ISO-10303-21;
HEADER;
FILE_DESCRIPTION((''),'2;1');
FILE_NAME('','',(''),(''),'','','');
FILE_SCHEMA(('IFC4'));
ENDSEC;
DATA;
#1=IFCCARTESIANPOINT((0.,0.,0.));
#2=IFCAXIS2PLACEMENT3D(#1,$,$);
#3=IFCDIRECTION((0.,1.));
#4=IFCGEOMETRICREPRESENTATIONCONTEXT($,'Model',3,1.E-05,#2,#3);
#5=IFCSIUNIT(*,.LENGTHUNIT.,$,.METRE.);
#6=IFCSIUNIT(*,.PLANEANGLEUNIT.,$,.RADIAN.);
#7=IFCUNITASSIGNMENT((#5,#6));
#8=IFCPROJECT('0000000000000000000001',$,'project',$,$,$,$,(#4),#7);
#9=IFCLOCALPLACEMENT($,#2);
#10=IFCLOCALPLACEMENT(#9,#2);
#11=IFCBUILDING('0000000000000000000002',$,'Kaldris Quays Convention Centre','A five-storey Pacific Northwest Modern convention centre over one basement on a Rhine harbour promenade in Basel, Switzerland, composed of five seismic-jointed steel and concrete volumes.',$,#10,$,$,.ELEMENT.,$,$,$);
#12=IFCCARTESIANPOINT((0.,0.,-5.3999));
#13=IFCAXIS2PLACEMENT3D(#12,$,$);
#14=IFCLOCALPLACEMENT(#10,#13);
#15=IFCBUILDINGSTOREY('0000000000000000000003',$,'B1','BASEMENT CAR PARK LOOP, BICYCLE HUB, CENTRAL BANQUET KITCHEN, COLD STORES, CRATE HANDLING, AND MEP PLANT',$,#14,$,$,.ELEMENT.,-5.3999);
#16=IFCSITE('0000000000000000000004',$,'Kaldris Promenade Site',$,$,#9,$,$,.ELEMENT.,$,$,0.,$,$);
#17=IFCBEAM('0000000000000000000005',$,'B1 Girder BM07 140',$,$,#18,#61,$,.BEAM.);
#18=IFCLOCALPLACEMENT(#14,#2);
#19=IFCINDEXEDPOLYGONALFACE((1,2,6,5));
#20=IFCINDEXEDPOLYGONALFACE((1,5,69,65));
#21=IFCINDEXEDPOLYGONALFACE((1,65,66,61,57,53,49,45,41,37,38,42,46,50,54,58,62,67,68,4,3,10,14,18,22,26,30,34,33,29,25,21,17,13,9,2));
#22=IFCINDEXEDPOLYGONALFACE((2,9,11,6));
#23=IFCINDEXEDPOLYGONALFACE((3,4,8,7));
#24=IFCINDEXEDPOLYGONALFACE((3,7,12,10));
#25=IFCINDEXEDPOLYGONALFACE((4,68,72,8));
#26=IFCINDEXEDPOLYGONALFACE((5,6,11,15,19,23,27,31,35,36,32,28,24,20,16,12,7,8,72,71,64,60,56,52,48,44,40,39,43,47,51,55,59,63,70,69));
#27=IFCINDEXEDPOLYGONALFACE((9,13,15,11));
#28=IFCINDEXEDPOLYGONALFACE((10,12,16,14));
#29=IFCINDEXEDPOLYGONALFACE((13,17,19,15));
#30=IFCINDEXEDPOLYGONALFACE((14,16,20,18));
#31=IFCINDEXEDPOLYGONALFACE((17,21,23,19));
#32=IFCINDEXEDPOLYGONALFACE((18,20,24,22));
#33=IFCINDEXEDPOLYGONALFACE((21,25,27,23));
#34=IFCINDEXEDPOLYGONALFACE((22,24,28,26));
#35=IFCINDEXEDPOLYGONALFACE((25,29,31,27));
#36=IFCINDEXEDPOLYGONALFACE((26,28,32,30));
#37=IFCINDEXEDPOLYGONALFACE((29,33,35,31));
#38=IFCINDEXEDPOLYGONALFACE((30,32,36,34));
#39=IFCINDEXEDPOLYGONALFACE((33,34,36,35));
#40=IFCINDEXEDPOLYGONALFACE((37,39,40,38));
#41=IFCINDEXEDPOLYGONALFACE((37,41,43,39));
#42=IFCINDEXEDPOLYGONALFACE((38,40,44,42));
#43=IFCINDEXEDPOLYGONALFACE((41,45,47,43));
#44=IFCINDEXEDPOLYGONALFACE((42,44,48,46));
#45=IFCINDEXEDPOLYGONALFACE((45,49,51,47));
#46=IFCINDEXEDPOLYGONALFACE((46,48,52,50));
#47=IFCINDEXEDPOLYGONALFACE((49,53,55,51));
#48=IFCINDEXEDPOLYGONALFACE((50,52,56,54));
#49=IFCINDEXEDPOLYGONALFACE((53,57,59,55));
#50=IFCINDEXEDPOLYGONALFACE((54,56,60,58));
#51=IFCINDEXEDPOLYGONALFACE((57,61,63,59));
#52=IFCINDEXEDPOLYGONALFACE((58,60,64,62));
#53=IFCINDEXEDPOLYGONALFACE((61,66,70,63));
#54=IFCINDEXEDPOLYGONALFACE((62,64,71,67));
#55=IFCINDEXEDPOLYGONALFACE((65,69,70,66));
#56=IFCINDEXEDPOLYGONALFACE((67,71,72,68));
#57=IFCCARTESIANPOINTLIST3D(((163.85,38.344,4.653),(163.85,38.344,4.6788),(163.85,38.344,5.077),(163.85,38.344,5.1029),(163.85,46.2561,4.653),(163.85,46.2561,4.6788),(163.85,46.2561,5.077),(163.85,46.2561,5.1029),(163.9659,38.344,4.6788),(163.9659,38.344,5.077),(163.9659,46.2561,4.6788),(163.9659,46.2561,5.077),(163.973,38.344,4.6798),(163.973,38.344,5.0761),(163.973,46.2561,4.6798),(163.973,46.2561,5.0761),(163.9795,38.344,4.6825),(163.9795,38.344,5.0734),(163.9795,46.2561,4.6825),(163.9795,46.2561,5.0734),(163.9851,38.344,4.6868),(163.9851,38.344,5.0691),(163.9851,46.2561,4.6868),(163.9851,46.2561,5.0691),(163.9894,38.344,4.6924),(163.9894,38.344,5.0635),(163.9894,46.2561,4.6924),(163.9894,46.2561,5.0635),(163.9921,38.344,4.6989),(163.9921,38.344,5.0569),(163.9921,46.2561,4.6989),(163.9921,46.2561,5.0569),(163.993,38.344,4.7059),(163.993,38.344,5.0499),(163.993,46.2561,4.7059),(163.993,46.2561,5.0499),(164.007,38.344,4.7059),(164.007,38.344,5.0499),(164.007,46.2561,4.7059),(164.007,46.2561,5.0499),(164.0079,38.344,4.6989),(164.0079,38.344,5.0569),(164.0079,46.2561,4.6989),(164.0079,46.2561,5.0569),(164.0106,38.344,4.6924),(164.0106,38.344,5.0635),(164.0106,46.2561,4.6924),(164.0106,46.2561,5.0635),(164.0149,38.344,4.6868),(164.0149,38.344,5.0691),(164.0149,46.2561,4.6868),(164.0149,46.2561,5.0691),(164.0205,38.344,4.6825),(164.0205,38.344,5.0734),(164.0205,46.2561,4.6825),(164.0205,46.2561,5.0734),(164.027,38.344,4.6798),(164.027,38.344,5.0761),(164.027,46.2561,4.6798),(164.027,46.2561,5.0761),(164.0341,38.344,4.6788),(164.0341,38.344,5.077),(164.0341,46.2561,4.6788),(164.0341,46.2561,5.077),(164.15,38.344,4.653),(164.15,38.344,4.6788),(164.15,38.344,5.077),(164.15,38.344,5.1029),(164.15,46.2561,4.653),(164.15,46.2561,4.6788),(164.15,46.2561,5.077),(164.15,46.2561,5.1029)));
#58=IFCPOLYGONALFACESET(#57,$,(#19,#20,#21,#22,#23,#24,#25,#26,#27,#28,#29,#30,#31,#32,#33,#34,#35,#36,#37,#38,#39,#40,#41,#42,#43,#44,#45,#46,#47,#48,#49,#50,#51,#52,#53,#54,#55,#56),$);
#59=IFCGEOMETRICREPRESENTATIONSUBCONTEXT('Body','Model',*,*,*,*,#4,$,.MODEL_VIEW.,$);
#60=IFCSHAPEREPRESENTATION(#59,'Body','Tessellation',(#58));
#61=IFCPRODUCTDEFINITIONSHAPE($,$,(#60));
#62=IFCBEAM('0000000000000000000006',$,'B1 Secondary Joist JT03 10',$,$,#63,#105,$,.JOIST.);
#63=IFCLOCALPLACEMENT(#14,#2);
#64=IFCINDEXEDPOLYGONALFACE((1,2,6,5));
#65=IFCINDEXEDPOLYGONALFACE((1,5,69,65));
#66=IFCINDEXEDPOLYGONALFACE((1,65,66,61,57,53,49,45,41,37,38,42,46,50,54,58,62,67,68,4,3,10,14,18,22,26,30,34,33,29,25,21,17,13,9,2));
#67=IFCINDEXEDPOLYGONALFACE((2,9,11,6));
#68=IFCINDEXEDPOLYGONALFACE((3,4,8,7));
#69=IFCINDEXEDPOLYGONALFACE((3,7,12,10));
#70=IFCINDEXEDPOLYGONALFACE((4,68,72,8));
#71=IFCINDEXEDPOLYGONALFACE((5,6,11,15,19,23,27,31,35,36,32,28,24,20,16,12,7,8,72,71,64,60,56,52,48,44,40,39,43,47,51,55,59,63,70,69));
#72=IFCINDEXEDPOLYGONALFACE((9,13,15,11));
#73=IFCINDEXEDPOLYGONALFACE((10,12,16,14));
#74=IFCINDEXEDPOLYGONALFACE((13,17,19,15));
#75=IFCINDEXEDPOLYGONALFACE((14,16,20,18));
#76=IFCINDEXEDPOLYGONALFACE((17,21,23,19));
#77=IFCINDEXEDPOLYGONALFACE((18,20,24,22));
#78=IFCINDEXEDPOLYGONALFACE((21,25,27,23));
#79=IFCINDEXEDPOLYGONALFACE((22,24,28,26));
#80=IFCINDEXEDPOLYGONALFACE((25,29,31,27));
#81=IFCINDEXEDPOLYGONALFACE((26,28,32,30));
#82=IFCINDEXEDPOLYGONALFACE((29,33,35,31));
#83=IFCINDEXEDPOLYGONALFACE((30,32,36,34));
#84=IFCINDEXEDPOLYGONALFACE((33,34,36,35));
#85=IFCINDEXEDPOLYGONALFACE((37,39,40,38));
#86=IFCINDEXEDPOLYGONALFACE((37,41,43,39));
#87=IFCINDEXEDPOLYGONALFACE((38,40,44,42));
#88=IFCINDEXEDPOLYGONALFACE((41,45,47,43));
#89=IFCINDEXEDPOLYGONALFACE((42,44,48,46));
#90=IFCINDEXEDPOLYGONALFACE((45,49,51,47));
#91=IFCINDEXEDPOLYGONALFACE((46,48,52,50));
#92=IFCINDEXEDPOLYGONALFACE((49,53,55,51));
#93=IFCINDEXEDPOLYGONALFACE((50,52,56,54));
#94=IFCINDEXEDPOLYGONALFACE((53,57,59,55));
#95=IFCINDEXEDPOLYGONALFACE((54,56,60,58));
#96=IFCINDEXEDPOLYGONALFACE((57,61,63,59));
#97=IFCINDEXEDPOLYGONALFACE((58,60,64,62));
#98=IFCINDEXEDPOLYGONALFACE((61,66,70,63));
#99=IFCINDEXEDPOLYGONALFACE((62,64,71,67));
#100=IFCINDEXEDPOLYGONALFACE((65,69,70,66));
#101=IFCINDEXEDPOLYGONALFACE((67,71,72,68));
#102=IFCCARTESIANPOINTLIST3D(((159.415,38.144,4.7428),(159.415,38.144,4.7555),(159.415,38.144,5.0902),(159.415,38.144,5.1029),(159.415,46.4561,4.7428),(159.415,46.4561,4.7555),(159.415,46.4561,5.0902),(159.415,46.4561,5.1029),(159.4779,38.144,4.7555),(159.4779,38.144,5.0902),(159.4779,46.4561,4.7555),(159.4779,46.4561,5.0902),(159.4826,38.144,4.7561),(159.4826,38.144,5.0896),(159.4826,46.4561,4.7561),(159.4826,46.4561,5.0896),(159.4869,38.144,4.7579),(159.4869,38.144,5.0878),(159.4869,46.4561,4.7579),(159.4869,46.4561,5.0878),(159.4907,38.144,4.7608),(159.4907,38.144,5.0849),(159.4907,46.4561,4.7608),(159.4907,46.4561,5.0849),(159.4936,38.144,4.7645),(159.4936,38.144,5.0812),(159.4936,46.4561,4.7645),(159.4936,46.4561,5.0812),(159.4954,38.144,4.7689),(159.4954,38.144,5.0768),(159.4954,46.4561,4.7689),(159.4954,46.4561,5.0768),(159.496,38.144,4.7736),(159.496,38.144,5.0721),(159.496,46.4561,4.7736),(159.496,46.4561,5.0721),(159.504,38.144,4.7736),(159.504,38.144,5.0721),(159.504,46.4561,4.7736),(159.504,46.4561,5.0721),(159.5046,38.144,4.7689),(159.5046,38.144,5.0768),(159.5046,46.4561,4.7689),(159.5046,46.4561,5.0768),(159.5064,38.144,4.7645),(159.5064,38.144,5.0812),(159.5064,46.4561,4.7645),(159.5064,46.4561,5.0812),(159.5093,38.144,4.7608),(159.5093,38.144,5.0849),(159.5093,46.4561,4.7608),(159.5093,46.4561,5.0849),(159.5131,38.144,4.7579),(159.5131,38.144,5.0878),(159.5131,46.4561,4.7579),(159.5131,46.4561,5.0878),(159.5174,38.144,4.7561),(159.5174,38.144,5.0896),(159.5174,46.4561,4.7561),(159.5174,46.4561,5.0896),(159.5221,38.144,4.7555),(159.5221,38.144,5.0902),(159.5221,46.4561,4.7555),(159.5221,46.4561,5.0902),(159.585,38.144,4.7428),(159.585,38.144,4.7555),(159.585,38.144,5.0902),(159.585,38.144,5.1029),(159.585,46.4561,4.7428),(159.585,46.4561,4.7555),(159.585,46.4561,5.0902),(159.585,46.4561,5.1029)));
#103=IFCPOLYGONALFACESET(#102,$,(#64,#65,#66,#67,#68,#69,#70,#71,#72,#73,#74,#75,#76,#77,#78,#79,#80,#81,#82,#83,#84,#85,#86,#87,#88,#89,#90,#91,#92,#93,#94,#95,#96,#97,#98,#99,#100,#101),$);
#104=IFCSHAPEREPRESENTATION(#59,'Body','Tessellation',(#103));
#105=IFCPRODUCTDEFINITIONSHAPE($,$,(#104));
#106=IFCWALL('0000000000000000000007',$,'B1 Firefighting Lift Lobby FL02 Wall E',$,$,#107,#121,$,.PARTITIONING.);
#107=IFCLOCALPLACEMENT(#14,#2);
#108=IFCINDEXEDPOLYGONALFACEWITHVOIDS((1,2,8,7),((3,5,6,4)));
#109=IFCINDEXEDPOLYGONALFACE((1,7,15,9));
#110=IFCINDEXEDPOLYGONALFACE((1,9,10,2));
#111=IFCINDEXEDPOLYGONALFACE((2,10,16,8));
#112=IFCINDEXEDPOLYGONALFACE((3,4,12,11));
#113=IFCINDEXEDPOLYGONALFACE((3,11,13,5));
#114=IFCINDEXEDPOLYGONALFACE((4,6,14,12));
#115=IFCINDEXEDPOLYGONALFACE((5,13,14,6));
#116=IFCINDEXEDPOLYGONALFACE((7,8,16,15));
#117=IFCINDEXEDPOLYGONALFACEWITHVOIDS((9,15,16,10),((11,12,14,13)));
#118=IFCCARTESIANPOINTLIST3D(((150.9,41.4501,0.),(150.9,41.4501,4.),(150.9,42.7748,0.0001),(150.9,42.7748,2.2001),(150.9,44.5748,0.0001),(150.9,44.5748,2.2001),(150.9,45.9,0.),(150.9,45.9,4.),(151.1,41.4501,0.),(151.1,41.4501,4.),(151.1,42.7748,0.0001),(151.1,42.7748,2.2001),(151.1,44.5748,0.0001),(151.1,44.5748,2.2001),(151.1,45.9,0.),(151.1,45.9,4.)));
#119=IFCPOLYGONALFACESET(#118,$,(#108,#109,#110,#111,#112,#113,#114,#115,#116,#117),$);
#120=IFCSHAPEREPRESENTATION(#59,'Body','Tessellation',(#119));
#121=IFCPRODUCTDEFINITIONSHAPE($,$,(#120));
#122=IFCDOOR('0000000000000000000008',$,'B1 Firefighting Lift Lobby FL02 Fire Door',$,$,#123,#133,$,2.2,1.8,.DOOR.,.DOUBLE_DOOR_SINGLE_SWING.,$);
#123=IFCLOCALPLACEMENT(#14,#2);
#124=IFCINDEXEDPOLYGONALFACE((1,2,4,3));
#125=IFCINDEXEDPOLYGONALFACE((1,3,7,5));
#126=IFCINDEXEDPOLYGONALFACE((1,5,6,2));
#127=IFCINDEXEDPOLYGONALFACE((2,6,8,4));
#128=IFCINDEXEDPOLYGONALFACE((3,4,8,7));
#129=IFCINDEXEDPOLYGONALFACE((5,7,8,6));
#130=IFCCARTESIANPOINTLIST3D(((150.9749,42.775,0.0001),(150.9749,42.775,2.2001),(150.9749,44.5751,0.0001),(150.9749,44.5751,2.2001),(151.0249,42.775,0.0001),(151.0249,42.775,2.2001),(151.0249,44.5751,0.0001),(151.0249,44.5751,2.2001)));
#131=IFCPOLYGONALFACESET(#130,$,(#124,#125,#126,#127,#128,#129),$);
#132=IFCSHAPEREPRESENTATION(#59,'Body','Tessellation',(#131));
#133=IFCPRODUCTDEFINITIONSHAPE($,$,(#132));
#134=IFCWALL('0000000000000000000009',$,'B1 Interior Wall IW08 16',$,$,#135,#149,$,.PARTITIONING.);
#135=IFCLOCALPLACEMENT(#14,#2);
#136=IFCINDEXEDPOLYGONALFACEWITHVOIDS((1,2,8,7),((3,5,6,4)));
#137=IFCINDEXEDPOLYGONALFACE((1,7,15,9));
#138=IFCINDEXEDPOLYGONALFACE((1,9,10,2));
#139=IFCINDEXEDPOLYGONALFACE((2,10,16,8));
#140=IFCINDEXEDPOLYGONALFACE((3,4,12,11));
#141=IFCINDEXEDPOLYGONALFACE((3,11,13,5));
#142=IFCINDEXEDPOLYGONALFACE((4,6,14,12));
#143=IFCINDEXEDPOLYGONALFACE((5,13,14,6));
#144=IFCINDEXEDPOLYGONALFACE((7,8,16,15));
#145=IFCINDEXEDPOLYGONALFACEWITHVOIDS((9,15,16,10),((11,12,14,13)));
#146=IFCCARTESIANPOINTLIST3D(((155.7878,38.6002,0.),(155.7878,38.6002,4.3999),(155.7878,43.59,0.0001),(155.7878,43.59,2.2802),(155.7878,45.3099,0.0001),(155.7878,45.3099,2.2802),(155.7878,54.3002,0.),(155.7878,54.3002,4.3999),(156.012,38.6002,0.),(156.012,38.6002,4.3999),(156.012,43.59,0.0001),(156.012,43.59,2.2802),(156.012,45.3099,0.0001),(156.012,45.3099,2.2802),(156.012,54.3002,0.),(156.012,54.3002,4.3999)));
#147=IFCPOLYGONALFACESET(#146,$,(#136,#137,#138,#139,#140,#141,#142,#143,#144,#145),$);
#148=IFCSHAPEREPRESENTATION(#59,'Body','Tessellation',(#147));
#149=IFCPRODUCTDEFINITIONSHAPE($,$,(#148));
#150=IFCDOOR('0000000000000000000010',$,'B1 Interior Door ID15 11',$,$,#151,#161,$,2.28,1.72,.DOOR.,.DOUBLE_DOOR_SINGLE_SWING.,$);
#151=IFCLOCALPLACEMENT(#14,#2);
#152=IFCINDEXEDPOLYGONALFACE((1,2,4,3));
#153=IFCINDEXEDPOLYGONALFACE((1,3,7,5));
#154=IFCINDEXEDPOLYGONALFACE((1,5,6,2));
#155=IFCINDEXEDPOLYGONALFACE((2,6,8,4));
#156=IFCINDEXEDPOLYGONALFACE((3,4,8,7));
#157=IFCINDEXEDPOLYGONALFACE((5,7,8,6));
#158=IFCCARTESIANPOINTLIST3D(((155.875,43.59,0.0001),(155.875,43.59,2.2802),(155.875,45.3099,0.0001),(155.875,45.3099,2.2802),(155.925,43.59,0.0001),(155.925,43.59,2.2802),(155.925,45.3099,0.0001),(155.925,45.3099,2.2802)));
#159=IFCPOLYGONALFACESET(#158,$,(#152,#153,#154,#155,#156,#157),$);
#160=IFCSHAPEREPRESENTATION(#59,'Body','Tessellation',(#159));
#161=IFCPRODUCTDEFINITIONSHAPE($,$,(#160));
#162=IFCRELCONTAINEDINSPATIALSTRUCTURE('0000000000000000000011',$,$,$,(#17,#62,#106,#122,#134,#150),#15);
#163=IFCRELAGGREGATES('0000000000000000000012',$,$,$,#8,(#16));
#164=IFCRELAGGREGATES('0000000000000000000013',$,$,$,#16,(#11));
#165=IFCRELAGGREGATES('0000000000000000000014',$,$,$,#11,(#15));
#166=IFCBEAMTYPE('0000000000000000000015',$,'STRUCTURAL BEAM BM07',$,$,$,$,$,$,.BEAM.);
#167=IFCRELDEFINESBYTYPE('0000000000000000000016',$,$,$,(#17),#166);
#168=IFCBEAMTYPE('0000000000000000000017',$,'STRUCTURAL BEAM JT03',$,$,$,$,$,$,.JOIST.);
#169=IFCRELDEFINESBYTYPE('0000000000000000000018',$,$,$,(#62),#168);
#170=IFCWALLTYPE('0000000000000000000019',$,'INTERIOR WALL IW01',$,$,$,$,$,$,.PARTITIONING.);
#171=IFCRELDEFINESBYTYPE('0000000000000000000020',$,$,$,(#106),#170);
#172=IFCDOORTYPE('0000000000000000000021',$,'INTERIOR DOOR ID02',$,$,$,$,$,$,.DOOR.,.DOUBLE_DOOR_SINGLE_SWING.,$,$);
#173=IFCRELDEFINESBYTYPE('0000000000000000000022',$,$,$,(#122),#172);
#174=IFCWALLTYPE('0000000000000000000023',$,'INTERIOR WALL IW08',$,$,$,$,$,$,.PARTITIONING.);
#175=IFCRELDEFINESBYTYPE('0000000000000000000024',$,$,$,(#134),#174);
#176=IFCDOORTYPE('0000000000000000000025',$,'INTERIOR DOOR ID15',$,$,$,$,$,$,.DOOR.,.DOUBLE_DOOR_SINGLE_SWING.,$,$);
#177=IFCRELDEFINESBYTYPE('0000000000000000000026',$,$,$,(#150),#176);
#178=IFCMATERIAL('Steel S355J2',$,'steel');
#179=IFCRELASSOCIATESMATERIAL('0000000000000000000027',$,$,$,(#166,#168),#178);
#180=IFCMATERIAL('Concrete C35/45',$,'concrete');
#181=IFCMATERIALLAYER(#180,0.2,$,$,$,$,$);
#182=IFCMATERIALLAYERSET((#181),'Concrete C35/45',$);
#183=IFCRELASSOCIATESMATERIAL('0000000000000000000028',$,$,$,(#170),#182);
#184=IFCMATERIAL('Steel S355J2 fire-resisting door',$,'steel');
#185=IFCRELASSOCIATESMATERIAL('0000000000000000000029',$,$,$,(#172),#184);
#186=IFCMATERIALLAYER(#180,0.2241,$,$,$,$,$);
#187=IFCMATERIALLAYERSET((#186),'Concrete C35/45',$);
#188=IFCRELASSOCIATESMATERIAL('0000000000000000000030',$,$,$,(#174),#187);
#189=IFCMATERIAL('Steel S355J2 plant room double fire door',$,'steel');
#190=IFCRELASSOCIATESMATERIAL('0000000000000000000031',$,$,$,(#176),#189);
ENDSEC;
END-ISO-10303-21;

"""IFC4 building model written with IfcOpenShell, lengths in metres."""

from ifc_helpers import new_model, si_unit, direction, frame, frame_2d, origin, origin_2d, place, context, subcontext, project, spatial, rectangle, i_section, extrude, material, layer, layer_set, material_profile, profile_set, type_object, element, fill, save


model = new_model("IFC4")

# Units and contexts
model_context = context("Model", 3, precision=1e-05, world=origin(), true_north=direction((0.0, 1.0)))
body_context = subcontext(model_context, "Body", "Model", "MODEL_VIEW")
ifc_project = project(units=[si_unit("LENGTHUNIT", "METRE"), si_unit("PLANEANGLEUNIT", "RADIAN")], contexts=[model_context])

# Site, building, storey
site_placement = place(None, origin())
site = spatial("IfcSite", under=ifc_project, at=site_placement, Name="Kaldris Promenade Site", CompositionType="ELEMENT", RefElevation=0.0)
building_placement = place(site_placement, origin())
building = spatial("IfcBuilding", under=site, at=building_placement, Name="Kaldris Quays Convention Centre", Description="A five-storey Pacific Northwest Modern convention centre over one basement on a Rhine harbour promenade in Basel, Switzerland, composed of five seismic-jointed steel and concrete volumes.", CompositionType="ELEMENT")
storey_placement = place(building_placement, frame((0.0, 0.0, -5.3999)))
storey = spatial("IfcBuildingStorey", under=building, at=storey_placement, Name="B1", Description="BASEMENT CAR PARK LOOP, BICYCLE HUB, CENTRAL BANQUET KITCHEN, COLD STORES, CRATE HANDLING, AND MEP PLANT", CompositionType="ELEMENT", Elevation=-5.3999)

# Shared definitions
ifc_material_1 = material(Name="Concrete C35/45", Category="concrete")

# Shared definitions
ifc_material_2 = material(Name="Steel S355J2", Category="steel")

# Beams
ifc_material_profile_1 = material_profile(ifc_material_2, i_section(OverallWidth=0.3, OverallDepth=0.45, WebThickness=0.0139, FlangeThickness=0.0259, FilletRadius=0.0271, at=origin_2d()), Name="HEB 450")
ifc_profile_set_1 = profile_set([ifc_material_profile_1], Name="Steel S355J2")
beam_type_1 = type_object("IfcBeamType", Name="STRUCTURAL BEAM BM07", PredefinedType="BEAM", material=ifc_profile_set_1)
for number, where, z_axis, x_axis, name in (
    (1, (164.0, 38.344, 4.8779), (0.0, 1.0, 0.0), (-1.0, 0.0, 0.0), "B1 Girder BM07 140"),
):
    element("IfcBeam", number, at=place(storey_placement, frame(where, z_axis=z_axis, x_axis=x_axis)), inside=storey, type_object=beam_type_1, Name=name, PredefinedType="BEAM", context=body_context, shape_type="SweptSolid", body=[
        extrude(i_section(OverallWidth=0.3, OverallDepth=0.45, WebThickness=0.0139, FlangeThickness=0.0259, FilletRadius=0.0271, at=origin_2d()), origin(), (0.0, 0.0, 1.0), 7.9121),
    ])
ifc_material_profile_2 = material_profile(ifc_material_2, i_section(OverallWidth=0.1699, OverallDepth=0.3601, WebThickness=0.0081, FlangeThickness=0.0127, FilletRadius=0.0181, at=origin_2d()), Name="IPE 360")
ifc_profile_set_2 = profile_set([ifc_material_profile_2], Name="Steel S355J2")
beam_type_2 = type_object("IfcBeamType", Name="STRUCTURAL BEAM JT03", PredefinedType="JOIST", material=ifc_profile_set_2)
beam_1_placement = place(storey_placement, frame((159.5, 38.144, 4.9229), z_axis=(0.0, 1.0, 0.0), x_axis=(-1.0, 0.0, 0.0)))
element("IfcBeam", 2, at=beam_1_placement, inside=storey, type_object=beam_type_2, Name="B1 Secondary Joist JT03 10", PredefinedType="JOIST", context=body_context, shape_type="SweptSolid", body=[
    extrude(i_section(OverallWidth=0.1699, OverallDepth=0.3601, WebThickness=0.0081, FlangeThickness=0.0127, FilletRadius=0.0181, at=origin_2d()), origin(), (0.0, 0.0, 1.0), 8.312),
])

# Walls, openings, doors
ifc_layer_1 = layer(ifc_material_1, 0.2)
ifc_layer_set_1 = layer_set([ifc_layer_1], Name="Concrete C35/45")
wall_type_1 = type_object("IfcWallType", Name="INTERIOR WALL IW01", PredefinedType="PARTITIONING", material=ifc_layer_set_1)
wall_1_placement = place(storey_placement, frame((151.0, 41.45, 0.0), z_axis=(0.0, 0.0, 1.0), x_axis=(0.0, 1.0, 0.0)))
wall_1 = element("IfcWall", 3, at=wall_1_placement, inside=storey, type_object=wall_type_1, Name="B1 Firefighting Lift Lobby FL02 Wall E", PredefinedType="PARTITIONING", context=body_context, shape_type="SweptSolid", body=[
    extrude(rectangle(XDim=4.45, YDim=0.2, at=frame_2d((2.2251, 0.0))), origin(), (0.0, 0.0, 1.0), 4.0),
])
opening_1_placement = place(wall_1_placement, frame((1.325, 0.0, 0.0)))
opening_1 = element("IfcOpeningElement", 4, at=opening_1_placement, cuts=wall_1, PredefinedType="OPENING", context=body_context, shape_type="SweptSolid", body=[
    extrude(rectangle(XDim=1.8, YDim=2.2, at=frame_2d((0.8999, 1.1001))), frame((0.0, 0.1099, 0.0), z_axis=(0.0, -1.0, 0.0), x_axis=(1.0, 0.0, 0.0)), (0.0, 0.0, 1.0), 0.22),
])
ifc_material_3 = material(Name="Steel S355J2 fire-resisting door", Category="steel")
door_type_1 = type_object("IfcDoorType", Name="INTERIOR DOOR ID02", OperationType="DOUBLE_DOOR_SINGLE_SWING", PredefinedType="DOOR", material=ifc_material_3)
door_1_placement = place(opening_1_placement, frame((1.8, 0.0, 0.0), z_axis=(0.0, 0.0, 1.0), x_axis=(-1.0, 0.0, 0.0)))
door_1 = element("IfcDoor", 5, at=door_1_placement, inside=storey, type_object=door_type_1, Name="B1 Firefighting Lift Lobby FL02 Fire Door", OperationType="DOUBLE_DOOR_SINGLE_SWING", OverallHeight=2.2, OverallWidth=1.8, PredefinedType="DOOR", context=body_context, shape_type="SweptSolid", body=[
    extrude(rectangle(XDim=1.8, YDim=2.2, at=frame_2d((0.8999, 1.1001))), frame((0.0, 0.0249, 0.0), z_axis=(0.0, -1.0, 0.0), x_axis=(1.0, 0.0, 0.0)), (0.0, 0.0, 1.0), 0.05),
])
fill(opening_1, door_1)
ifc_layer_2 = layer(ifc_material_1, 0.2241)
ifc_layer_set_2 = layer_set([ifc_layer_2], Name="Concrete C35/45")
wall_type_2 = type_object("IfcWallType", Name="INTERIOR WALL IW08", PredefinedType="PARTITIONING", material=ifc_layer_set_2)
wall_2_placement = place(storey_placement, frame((155.8999, 38.6001, 0.0), z_axis=(0.0, 0.0, 1.0), x_axis=(0.0, 1.0, 0.0)))
wall_2 = element("IfcWall", 6, at=wall_2_placement, inside=storey, type_object=wall_type_2, Name="B1 Interior Wall IW08 16", PredefinedType="PARTITIONING", context=body_context, shape_type="SweptSolid", body=[
    extrude(rectangle(XDim=15.7, YDim=0.2241, at=frame_2d((7.8501, 0.0))), origin(), (0.0, 0.0, 1.0), 4.3999),
])
opening_2_placement = place(wall_2_placement, frame((4.99, 0.0, 0.0)))
opening_2 = element("IfcOpeningElement", 7, at=opening_2_placement, cuts=wall_2, PredefinedType="OPENING", context=body_context, shape_type="SweptSolid", body=[
    extrude(rectangle(XDim=1.72, YDim=2.28, at=frame_2d((0.8599, 1.1401))), frame((0.0, 0.1221, 0.0), z_axis=(0.0, -1.0, 0.0), x_axis=(1.0, 0.0, 0.0)), (0.0, 0.0, 1.0), 0.2441),
])
ifc_material_4 = material(Name="Steel S355J2 plant room double fire door", Category="steel")
door_type_2 = type_object("IfcDoorType", Name="INTERIOR DOOR ID15", OperationType="DOUBLE_DOOR_SINGLE_SWING", PredefinedType="DOOR", material=ifc_material_4)
door_2_placement = place(opening_2_placement, origin())
door_2 = element("IfcDoor", 8, at=door_2_placement, inside=storey, type_object=door_type_2, Name="B1 Interior Door ID15 11", OperationType="DOUBLE_DOOR_SINGLE_SWING", OverallHeight=2.28, OverallWidth=1.72, PredefinedType="DOOR", context=body_context, shape_type="SweptSolid", body=[
    extrude(rectangle(XDim=1.72, YDim=2.28, at=frame_2d((0.8599, 1.1401))), frame((0.0, 0.0249, 0.0), z_axis=(0.0, -1.0, 0.0), x_axis=(1.0, 0.0, 0.0)), (0.0, 0.0, 1.0), 0.05),
])
fill(opening_2, door_2)

save(model, "model.ifc")
